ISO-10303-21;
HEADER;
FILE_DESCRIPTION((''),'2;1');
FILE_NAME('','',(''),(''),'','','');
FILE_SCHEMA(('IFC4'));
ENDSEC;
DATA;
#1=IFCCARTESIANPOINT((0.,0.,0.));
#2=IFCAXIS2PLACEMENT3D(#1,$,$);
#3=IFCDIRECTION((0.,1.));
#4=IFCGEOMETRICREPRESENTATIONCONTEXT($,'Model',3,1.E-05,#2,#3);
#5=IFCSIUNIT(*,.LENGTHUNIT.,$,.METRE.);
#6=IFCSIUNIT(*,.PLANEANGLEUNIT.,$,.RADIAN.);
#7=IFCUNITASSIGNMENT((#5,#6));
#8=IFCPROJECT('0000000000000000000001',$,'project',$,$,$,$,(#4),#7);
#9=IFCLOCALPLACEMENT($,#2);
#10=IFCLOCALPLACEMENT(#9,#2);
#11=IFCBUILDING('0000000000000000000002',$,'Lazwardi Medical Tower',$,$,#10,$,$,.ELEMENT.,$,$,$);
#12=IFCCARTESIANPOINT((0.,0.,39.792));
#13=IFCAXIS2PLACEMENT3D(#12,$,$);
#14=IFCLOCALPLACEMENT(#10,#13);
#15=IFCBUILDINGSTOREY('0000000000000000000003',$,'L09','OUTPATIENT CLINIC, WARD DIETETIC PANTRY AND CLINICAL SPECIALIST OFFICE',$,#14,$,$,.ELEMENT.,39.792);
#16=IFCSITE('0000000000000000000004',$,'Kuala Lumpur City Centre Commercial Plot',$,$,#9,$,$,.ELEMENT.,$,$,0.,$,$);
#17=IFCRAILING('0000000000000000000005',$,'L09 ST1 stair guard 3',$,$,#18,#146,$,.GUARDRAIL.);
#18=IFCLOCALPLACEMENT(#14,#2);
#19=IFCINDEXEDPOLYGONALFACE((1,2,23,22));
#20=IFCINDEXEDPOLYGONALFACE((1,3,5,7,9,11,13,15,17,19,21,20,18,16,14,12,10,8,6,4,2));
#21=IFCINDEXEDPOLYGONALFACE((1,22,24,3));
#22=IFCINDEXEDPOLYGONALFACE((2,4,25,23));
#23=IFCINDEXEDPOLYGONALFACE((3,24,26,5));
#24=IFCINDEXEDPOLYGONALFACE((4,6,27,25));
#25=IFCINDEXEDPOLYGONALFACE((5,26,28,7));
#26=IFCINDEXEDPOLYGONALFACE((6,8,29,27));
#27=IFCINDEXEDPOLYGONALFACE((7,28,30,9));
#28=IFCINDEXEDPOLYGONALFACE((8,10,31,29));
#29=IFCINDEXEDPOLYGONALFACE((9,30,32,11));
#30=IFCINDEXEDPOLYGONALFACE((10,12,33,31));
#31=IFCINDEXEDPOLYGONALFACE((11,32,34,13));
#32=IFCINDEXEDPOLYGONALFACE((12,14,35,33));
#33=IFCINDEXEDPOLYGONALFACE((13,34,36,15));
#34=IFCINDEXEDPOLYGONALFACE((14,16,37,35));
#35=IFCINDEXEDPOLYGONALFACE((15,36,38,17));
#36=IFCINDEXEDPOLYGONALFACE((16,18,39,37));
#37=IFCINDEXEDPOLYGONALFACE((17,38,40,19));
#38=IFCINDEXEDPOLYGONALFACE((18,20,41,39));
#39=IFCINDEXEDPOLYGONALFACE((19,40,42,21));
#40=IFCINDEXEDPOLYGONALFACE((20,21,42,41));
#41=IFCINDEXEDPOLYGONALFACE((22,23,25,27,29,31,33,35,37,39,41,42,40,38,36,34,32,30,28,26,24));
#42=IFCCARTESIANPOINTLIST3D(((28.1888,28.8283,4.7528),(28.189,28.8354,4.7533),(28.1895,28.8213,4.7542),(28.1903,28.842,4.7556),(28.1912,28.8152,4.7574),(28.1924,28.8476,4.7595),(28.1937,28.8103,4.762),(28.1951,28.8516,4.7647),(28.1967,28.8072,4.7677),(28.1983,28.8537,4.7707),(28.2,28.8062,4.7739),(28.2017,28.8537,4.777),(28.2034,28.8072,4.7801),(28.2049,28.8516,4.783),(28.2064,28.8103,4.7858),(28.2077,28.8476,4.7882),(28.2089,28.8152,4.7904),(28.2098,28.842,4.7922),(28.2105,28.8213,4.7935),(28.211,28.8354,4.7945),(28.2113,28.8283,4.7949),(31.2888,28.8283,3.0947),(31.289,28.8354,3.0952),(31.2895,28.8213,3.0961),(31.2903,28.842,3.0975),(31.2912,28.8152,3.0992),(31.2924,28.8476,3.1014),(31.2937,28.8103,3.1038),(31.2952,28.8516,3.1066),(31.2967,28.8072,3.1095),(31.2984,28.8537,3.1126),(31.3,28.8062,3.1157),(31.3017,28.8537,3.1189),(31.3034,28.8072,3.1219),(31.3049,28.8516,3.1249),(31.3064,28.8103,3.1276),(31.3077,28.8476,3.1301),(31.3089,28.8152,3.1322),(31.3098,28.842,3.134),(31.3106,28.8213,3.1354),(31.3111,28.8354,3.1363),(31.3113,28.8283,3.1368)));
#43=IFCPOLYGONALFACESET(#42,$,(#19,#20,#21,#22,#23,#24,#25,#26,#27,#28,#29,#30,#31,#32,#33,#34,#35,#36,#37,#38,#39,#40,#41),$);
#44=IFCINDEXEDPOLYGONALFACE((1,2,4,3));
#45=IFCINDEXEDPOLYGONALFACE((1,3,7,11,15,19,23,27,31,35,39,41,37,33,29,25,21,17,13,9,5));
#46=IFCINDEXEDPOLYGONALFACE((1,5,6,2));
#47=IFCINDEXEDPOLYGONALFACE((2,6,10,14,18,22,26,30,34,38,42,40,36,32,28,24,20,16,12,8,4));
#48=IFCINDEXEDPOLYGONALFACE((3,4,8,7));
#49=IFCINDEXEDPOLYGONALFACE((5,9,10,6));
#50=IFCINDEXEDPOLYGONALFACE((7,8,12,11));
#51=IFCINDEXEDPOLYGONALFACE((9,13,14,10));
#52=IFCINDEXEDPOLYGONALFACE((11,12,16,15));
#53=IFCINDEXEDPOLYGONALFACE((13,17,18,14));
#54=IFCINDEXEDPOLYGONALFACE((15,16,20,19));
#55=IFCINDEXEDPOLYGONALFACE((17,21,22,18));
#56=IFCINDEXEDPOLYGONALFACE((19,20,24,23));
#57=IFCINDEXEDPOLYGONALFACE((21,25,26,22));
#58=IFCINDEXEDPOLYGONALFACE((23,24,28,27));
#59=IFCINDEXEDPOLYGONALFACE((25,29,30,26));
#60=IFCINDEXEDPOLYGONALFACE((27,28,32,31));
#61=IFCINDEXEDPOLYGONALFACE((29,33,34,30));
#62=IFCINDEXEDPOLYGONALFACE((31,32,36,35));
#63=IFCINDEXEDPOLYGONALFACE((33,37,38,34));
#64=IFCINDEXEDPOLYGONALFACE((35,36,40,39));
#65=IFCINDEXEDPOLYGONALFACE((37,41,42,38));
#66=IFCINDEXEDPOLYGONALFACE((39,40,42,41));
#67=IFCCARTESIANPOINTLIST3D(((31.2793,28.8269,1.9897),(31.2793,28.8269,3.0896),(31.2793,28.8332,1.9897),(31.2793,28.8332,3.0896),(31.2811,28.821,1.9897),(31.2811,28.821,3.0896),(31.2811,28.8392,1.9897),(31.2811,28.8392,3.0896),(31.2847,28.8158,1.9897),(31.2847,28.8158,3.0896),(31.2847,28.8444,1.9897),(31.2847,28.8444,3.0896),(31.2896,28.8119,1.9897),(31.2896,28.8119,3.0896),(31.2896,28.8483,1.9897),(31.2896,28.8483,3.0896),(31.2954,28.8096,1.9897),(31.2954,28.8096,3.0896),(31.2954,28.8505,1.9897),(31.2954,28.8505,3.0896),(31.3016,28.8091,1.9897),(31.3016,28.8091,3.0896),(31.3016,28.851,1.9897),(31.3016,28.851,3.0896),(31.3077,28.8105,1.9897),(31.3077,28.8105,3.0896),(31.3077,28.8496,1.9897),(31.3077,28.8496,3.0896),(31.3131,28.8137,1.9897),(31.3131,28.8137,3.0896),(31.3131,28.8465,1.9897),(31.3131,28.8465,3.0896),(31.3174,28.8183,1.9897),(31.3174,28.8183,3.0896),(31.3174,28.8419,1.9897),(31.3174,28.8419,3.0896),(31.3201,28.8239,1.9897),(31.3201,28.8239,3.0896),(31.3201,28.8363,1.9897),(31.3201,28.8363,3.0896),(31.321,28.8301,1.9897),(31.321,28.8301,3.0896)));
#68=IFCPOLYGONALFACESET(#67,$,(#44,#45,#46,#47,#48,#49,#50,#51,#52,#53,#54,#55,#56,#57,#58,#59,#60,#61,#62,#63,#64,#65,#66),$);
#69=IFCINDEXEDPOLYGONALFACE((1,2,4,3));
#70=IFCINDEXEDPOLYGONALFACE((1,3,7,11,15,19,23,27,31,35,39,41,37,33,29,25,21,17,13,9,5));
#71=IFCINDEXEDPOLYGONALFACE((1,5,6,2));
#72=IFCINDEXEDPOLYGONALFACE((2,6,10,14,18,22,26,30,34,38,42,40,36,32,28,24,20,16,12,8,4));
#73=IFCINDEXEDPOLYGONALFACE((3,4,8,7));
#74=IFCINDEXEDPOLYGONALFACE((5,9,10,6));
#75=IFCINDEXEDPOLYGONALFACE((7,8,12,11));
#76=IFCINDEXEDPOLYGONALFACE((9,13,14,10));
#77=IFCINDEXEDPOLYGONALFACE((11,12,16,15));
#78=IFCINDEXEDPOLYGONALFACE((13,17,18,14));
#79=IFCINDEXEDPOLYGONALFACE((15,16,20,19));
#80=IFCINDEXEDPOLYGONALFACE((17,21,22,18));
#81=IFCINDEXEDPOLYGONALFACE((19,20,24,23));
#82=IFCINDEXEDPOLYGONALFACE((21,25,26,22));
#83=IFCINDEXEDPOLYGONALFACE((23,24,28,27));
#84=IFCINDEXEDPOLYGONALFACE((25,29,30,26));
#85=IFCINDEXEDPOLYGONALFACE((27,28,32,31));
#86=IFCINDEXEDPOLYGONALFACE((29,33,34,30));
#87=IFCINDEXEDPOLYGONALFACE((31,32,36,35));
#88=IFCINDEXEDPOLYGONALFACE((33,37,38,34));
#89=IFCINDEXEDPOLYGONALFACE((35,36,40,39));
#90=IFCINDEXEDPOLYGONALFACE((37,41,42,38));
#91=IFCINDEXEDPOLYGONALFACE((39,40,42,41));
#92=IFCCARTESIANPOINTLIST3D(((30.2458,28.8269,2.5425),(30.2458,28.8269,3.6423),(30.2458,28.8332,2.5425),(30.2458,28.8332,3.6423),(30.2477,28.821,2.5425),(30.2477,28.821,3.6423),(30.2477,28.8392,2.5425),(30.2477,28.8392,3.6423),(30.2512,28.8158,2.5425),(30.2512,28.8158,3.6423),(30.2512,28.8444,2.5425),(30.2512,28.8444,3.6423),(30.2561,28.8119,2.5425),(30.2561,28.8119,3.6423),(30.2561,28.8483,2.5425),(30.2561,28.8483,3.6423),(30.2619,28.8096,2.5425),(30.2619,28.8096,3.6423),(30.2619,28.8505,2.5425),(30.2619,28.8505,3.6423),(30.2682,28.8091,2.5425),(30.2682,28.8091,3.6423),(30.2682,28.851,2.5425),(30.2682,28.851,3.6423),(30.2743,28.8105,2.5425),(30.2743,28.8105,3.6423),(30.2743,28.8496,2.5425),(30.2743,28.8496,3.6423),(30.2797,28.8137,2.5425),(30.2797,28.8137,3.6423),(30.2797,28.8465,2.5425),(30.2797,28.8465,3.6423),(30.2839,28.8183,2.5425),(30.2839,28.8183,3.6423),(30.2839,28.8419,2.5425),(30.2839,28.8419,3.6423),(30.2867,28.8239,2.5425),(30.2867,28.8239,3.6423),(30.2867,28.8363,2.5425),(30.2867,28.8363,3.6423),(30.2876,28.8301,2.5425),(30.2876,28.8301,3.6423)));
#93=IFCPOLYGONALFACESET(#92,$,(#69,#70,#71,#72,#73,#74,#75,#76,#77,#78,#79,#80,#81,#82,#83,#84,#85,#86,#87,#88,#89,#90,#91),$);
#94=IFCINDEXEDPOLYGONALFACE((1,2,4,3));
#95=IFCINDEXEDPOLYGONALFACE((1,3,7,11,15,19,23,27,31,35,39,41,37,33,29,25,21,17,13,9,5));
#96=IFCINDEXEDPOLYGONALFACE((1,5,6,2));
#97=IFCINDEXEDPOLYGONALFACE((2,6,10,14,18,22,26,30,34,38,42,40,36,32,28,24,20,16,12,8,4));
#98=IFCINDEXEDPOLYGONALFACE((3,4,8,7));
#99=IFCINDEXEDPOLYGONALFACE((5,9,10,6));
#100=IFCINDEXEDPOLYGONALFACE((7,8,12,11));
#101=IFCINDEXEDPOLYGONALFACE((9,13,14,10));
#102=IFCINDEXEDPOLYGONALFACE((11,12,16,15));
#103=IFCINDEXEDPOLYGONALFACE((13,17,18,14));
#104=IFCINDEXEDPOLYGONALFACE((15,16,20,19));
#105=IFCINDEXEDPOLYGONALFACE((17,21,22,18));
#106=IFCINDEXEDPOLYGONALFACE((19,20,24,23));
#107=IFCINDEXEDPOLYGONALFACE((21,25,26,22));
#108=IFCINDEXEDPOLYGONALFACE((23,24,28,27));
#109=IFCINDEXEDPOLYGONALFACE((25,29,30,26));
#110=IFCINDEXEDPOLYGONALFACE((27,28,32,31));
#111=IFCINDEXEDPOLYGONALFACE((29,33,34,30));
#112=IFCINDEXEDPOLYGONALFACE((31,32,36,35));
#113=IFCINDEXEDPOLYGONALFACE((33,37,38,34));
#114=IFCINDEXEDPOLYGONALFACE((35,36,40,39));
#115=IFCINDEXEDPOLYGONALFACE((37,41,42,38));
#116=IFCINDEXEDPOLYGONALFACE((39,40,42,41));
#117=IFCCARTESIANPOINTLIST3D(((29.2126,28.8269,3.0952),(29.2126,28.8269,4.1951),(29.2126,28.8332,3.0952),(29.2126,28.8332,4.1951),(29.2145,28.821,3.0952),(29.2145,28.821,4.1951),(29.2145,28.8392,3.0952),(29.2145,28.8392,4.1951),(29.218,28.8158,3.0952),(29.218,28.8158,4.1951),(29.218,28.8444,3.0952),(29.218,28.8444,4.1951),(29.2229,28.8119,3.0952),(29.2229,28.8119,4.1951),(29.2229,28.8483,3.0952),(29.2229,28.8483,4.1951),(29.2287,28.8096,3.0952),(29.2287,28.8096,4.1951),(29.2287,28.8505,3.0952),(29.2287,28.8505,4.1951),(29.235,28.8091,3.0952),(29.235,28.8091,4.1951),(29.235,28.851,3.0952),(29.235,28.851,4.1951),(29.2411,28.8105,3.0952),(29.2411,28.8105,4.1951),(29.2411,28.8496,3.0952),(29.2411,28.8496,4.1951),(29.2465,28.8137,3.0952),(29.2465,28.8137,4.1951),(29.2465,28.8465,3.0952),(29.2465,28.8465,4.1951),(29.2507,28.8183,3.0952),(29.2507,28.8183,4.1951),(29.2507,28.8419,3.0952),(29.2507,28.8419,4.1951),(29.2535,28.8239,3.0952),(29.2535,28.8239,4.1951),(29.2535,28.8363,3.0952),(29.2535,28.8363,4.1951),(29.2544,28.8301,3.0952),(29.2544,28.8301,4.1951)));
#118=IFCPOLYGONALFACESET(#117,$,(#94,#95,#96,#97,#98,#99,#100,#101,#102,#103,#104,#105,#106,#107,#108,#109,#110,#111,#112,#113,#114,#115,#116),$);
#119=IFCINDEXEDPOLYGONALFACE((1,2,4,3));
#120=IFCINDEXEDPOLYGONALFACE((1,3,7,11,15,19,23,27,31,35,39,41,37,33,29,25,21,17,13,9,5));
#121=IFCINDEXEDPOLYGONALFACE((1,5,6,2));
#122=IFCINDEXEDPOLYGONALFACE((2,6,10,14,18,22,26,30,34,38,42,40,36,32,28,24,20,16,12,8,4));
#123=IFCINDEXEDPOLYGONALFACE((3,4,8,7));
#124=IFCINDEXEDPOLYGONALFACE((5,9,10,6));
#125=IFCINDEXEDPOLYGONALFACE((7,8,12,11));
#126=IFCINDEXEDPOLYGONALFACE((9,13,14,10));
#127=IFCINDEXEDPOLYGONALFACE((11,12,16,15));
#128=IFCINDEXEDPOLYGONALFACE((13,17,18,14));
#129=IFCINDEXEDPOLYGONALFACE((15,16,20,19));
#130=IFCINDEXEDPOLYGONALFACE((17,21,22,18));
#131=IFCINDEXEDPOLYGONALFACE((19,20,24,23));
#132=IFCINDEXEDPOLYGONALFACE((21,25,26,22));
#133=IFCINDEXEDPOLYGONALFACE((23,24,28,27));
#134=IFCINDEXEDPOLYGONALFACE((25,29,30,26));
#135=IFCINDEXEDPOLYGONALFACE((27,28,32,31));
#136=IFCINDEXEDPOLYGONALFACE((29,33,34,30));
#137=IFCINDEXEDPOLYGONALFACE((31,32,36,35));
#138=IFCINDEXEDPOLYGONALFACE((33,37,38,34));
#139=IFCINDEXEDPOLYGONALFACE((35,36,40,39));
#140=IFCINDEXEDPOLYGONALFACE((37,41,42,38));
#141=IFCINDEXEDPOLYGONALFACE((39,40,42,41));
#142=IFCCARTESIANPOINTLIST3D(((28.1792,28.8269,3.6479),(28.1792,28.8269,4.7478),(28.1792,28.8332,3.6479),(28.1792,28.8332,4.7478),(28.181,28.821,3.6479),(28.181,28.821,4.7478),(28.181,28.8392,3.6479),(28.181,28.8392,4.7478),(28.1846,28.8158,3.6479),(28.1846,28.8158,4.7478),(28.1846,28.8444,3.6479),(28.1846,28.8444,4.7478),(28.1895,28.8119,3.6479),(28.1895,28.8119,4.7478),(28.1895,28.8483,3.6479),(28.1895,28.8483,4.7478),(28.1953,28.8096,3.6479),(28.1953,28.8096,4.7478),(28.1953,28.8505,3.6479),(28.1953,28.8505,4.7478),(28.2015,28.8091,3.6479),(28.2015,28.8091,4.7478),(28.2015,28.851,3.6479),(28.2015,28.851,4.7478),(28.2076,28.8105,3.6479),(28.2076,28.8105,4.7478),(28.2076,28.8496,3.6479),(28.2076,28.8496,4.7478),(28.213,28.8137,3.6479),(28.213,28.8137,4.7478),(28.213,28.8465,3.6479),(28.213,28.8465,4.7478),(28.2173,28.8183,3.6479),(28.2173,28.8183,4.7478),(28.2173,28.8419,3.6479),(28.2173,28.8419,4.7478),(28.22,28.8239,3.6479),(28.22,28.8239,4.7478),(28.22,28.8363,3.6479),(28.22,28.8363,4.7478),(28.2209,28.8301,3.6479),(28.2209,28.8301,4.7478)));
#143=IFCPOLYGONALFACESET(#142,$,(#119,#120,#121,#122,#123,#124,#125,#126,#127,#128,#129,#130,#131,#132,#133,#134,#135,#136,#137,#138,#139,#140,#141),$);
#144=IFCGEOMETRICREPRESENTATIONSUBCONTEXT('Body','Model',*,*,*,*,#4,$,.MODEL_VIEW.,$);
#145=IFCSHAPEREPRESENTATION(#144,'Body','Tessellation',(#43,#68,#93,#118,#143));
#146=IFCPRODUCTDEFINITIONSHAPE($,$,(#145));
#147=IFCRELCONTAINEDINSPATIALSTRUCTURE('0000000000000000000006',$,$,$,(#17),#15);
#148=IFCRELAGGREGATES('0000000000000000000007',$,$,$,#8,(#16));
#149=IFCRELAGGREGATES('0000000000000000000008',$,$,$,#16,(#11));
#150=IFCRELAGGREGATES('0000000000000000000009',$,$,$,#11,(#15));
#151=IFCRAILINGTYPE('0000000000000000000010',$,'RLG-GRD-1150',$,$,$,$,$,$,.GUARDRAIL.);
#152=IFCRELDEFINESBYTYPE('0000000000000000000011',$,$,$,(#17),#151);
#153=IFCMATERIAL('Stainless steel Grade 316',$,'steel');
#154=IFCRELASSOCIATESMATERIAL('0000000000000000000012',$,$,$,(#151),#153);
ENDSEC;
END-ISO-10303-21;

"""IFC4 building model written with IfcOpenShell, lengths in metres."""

from ifc_helpers import new_model, si_unit, direction, frame, origin, origin_2d, place, context, subcontext, project, spatial, circle, extrude, material, type_object, element, save


model = new_model("IFC4")

# Units and contexts
model_context = context("Model", 3, precision=1e-05, world=origin(), true_north=direction((0.0, 1.0)))
body_context = subcontext(model_context, "Body", "Model", "MODEL_VIEW")
ifc_project = project(units=[si_unit("LENGTHUNIT", "METRE"), si_unit("PLANEANGLEUNIT", "RADIAN")], contexts=[model_context])

# Site, building, storey
site_placement = place(None, origin())
site = spatial("IfcSite", under=ifc_project, at=site_placement, Name="Kuala Lumpur City Centre Commercial Plot", CompositionType="ELEMENT", RefElevation=0.0)
building_placement = place(site_placement, origin())
building = spatial("IfcBuilding", under=site, at=building_placement, Name="Lazwardi Medical Tower", CompositionType="ELEMENT")
storey_placement = place(building_placement, frame((0.0, 0.0, 39.792)))
storey = spatial("IfcBuildingStorey", under=building, at=storey_placement, Name="L09", Description="OUTPATIENT CLINIC, WARD DIETETIC PANTRY AND CLINICAL SPECIALIST OFFICE", CompositionType="ELEMENT", Elevation=39.792)

# Railing
ifc_material_1 = material(Name="Stainless steel Grade 316", Category="steel")
railing_type_1 = type_object("IfcRailingType", Name="RLG-GRD-1150", PredefinedType="GUARDRAIL", material=ifc_material_1)
railing_1_placement = place(storey_placement, frame((31.3, 28.8301, 1.9897)))
element("IfcRailing", 1, at=railing_1_placement, inside=storey, type_object=railing_type_1, Name="L09 ST1 stair guard 3", PredefinedType="GUARDRAIL", context=body_context, shape_type="SweptSolid", body=[
    extrude(circle(Radius=0.0239, at=origin_2d()), frame((0.0, 0.0, 1.126), z_axis=(-0.881783, 0.0, 0.471655), x_axis=(0.0, -1.0, 0.0)), (0.0, 0.0, 1.0), 3.5156),
    extrude(circle(Radius=0.021, at=origin_2d()), origin(), (0.0, 0.0, 1.0), 1.0999),
    extrude(circle(Radius=0.021, at=origin_2d()), frame((-1.0334, 0.0, 0.5527)), (0.0, 0.0, 1.0), 1.0999),
    extrude(circle(Radius=0.021, at=origin_2d()), frame((-2.0667, 0.0, 1.1055)), (0.0, 0.0, 1.0), 1.0999),
    extrude(circle(Radius=0.021, at=origin_2d()), frame((-3.1001, 0.0, 1.6582)), (0.0, 0.0, 1.0), 1.0999),
])

save(model, "model.ifc")
